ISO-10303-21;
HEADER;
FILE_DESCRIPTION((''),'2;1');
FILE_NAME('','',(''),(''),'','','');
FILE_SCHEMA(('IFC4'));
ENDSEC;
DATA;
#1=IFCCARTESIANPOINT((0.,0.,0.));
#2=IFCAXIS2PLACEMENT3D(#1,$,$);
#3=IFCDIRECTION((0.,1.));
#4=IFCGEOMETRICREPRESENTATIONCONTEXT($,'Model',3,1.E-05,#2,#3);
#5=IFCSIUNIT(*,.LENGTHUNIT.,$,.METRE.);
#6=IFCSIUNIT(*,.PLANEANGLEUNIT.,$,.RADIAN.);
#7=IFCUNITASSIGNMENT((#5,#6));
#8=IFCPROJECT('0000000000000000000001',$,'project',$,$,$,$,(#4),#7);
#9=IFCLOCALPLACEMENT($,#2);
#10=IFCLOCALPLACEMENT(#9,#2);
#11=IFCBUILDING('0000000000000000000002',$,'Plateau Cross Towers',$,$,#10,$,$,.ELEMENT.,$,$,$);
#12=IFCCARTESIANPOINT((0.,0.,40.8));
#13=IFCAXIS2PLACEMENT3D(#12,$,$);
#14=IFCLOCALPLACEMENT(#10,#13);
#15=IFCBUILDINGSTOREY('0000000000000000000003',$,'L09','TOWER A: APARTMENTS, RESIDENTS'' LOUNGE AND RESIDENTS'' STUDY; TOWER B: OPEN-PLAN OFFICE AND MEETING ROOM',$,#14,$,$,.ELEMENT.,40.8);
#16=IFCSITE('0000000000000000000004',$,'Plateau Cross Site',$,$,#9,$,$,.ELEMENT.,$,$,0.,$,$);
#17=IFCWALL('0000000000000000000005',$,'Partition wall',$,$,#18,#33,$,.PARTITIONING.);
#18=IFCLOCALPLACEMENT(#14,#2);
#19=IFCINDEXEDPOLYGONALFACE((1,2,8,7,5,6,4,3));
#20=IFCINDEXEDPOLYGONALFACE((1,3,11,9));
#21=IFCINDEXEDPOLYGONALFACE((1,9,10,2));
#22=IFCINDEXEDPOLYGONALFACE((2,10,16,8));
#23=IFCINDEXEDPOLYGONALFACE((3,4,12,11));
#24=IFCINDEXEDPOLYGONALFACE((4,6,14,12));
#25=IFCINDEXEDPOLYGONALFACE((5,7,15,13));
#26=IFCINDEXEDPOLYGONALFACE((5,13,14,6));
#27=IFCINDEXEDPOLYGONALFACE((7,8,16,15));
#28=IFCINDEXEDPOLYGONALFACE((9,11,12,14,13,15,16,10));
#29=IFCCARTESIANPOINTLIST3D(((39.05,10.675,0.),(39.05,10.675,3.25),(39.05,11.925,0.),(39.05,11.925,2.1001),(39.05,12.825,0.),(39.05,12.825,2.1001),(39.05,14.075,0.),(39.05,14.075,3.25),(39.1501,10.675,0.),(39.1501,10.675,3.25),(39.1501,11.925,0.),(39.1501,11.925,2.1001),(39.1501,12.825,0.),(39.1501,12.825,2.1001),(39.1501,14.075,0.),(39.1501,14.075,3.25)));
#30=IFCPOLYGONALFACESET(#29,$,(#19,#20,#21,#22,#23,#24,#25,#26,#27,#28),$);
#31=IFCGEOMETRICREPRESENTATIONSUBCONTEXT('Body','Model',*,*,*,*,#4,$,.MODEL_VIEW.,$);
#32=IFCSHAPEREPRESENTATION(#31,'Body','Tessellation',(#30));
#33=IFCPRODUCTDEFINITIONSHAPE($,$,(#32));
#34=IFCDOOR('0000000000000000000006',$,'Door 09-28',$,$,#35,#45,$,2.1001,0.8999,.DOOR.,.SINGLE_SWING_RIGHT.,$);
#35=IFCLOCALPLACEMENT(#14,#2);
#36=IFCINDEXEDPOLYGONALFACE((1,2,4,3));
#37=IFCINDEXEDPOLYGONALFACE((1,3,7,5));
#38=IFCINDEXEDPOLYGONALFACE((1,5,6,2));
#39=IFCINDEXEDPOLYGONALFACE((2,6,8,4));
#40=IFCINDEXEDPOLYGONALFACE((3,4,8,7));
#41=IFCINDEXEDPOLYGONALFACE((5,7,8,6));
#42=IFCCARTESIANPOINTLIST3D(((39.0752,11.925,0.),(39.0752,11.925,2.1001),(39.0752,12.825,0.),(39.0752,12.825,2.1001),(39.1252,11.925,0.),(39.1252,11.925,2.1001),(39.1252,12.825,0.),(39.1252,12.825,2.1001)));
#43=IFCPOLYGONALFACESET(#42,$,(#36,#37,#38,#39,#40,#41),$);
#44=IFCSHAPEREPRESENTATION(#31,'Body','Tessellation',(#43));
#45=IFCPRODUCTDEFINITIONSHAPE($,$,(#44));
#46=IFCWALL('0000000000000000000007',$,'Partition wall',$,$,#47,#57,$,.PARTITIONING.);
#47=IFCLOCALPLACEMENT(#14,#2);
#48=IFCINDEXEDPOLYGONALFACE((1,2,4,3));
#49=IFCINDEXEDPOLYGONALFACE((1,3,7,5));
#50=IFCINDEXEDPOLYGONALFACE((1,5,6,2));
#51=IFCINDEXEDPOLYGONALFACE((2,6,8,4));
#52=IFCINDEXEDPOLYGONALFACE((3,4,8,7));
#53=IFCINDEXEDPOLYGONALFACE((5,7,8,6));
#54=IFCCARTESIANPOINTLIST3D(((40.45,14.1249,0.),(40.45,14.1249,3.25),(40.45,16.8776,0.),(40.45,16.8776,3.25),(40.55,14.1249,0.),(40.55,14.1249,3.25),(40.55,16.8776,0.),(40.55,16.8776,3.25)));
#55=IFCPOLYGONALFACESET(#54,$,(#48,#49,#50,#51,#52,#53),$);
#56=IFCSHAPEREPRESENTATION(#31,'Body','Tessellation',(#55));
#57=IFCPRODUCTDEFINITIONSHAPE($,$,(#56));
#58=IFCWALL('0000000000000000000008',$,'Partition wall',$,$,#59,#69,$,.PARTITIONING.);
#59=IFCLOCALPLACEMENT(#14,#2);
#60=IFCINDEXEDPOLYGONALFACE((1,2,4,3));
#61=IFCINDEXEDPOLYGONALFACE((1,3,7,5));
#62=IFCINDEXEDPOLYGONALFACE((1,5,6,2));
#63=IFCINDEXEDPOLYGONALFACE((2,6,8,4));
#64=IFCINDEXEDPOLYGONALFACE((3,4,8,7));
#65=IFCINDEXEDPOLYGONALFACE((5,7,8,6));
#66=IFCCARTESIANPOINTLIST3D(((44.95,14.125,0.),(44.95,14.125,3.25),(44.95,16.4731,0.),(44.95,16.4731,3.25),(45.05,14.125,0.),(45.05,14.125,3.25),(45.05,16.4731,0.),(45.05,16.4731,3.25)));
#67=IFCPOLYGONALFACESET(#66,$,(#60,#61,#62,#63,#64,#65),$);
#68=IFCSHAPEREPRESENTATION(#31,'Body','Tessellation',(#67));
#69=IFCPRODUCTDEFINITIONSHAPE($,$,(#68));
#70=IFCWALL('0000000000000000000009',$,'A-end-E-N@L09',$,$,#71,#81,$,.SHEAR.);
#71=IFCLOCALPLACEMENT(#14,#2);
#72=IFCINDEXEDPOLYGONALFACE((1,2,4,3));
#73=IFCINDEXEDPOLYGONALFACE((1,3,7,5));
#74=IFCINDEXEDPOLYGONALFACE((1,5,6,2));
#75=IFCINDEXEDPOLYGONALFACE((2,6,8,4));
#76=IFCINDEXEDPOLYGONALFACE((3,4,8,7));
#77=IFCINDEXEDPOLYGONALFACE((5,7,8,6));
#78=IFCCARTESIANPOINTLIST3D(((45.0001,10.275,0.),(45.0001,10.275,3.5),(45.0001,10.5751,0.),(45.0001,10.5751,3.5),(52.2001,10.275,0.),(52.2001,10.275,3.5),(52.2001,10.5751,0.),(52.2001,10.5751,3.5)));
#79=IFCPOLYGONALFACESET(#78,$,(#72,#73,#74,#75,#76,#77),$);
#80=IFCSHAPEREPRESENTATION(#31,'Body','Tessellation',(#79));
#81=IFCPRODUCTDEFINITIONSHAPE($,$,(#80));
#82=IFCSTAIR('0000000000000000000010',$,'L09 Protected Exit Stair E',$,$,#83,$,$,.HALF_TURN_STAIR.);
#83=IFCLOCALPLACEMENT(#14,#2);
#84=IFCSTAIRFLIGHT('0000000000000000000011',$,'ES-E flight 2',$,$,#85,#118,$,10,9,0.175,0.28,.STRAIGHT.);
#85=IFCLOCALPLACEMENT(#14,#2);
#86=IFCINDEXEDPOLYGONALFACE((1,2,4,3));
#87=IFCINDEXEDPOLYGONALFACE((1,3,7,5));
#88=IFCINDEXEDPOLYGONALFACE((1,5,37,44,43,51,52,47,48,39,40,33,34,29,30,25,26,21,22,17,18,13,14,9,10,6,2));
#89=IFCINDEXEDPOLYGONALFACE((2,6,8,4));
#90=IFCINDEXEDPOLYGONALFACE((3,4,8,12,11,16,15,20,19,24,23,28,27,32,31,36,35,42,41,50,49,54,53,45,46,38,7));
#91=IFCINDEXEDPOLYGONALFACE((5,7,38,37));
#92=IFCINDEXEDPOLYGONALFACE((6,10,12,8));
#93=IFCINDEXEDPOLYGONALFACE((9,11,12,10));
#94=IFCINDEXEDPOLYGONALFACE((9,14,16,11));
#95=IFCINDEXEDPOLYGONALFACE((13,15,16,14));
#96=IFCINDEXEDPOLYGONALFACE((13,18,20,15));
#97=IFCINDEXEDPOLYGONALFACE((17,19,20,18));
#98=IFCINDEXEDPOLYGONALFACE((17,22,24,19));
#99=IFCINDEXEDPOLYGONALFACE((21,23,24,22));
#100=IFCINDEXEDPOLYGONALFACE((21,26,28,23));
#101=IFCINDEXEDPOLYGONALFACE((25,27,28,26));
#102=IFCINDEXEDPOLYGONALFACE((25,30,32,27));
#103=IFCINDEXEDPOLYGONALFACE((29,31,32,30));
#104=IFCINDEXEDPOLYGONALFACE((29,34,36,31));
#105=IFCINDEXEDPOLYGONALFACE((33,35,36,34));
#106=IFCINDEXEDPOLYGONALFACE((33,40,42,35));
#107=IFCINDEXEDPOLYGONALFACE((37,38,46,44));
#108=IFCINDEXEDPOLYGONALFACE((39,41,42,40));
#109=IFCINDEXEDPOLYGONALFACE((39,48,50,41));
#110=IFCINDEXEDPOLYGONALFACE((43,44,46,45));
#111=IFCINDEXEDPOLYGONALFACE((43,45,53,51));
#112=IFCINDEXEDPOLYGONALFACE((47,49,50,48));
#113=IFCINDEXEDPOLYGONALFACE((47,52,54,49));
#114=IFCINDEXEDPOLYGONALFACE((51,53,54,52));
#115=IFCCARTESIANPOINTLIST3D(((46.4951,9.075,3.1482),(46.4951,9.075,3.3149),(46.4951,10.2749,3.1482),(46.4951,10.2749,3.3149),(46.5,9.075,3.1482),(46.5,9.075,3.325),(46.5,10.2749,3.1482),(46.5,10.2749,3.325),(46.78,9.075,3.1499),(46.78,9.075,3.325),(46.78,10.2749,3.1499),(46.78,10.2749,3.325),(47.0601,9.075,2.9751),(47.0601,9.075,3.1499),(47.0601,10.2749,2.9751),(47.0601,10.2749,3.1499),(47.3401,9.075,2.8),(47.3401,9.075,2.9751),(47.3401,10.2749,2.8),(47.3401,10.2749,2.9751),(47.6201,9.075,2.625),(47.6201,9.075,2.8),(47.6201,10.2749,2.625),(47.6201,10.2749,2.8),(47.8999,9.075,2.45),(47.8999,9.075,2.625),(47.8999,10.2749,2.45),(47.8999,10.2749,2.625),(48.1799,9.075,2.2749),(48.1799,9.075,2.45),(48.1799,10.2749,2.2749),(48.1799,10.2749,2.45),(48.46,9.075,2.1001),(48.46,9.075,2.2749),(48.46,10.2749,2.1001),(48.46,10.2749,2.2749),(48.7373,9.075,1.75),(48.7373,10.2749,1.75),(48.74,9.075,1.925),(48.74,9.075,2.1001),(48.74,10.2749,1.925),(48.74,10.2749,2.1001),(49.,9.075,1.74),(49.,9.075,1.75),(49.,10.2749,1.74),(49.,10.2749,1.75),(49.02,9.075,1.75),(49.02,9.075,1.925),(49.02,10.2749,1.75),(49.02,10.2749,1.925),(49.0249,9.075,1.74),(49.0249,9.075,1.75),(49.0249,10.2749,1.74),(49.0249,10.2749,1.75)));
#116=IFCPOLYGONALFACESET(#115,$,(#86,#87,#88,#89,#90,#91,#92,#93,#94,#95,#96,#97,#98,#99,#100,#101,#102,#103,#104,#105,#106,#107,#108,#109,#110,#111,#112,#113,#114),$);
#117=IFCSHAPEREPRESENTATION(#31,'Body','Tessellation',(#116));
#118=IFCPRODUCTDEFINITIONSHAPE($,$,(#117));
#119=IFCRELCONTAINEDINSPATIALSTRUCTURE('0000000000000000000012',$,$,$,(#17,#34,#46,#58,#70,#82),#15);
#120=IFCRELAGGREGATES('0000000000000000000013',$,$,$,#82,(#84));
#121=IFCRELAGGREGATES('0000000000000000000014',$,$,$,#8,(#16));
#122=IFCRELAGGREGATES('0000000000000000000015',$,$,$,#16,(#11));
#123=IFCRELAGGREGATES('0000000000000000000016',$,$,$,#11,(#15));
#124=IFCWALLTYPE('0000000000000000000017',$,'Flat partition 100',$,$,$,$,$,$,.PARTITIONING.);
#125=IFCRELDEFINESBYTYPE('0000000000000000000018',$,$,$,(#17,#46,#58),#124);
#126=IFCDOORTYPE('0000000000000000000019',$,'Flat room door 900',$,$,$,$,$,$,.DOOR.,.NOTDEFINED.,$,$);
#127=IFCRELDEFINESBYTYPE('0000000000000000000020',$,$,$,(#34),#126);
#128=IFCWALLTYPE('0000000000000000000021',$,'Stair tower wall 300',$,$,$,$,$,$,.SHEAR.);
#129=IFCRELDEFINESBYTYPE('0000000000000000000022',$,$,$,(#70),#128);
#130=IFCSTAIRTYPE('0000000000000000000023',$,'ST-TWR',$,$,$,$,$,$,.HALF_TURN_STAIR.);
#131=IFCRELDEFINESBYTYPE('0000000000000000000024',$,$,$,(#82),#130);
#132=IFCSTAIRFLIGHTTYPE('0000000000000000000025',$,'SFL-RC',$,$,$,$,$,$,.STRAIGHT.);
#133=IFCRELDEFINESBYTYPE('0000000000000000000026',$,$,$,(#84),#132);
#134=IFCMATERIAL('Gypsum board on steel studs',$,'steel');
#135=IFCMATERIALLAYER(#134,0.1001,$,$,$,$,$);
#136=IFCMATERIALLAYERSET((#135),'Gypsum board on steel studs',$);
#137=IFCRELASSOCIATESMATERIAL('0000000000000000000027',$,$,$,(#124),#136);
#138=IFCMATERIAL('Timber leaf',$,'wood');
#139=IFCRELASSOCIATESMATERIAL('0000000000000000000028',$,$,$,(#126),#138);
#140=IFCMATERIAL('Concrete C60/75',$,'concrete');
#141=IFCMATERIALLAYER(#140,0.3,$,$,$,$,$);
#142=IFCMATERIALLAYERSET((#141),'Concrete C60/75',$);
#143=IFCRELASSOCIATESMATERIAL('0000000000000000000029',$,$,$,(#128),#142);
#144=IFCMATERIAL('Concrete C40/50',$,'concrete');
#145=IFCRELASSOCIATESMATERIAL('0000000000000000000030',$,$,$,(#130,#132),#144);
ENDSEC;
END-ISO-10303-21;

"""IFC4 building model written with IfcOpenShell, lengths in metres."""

from ifc_helpers import new_model, si_unit, direction, frame, frame_2d, origin, place, context, subcontext, project, spatial, polyline, rectangle, outline, extrude, material, layer, layer_set, type_object, element, fill, aggregate, save


model = new_model("IFC4")

# Units and contexts
model_context = context("Model", 3, precision=1e-05, world=origin(), true_north=direction((0.0, 1.0)))
body_context = subcontext(model_context, "Body", "Model", "MODEL_VIEW")
ifc_project = project(units=[si_unit("LENGTHUNIT", "METRE"), si_unit("PLANEANGLEUNIT", "RADIAN")], contexts=[model_context])

# Site, building, storey
site_placement = place(None, origin())
site = spatial("IfcSite", under=ifc_project, at=site_placement, Name="Plateau Cross Site", CompositionType="ELEMENT", RefElevation=0.0)
building_placement = place(site_placement, origin())
building = spatial("IfcBuilding", under=site, at=building_placement, Name="Plateau Cross Towers", CompositionType="ELEMENT")
storey_placement = place(building_placement, frame((0.0, 0.0, 40.8)))
storey = spatial("IfcBuildingStorey", under=building, at=storey_placement, Name="L09", Description="TOWER A: APARTMENTS, RESIDENTS' LOUNGE AND RESIDENTS' STUDY; TOWER B: OPEN-PLAN OFFICE AND MEETING ROOM", CompositionType="ELEMENT", Elevation=40.8)

# Shared definitions
ifc_material_1 = material(Name="Gypsum board on steel studs", Category="steel")
ifc_layer_1 = layer(ifc_material_1, 0.1001)
ifc_layer_set_1 = layer_set([ifc_layer_1], Name="Gypsum board on steel studs")
wall_type_1 = type_object("IfcWallType", Name="Flat partition 100", PredefinedType="PARTITIONING", material=ifc_layer_set_1)

# Shared definitions
ifc_material_2 = material(Name="Timber leaf", Category="wood")
door_type = type_object("IfcDoorType", Name="Flat room door 900", OperationType="NOTDEFINED", PredefinedType="DOOR", material=ifc_material_2)

# Wall, opening, door
wall_1_placement = place(storey_placement, frame((39.1001, 10.675, 0.0), z_axis=(0.0, 0.0, 1.0), x_axis=(0.0, 1.0, 0.0)))
wall_1 = element("IfcWall", 1, at=wall_1_placement, inside=storey, type_object=wall_type_1, Name="Partition wall", PredefinedType="PARTITIONING", context=body_context, shape_type="SweptSolid", body=[
    extrude(rectangle(XDim=3.3999, YDim=0.1001, at=frame_2d((1.7, 0.0))), origin(), (0.0, 0.0, 1.0), 3.25),
])
opening_1_placement = place(wall_1_placement, frame((1.25, 0.0, 0.0)))
opening_1 = element("IfcOpeningElement", 2, at=opening_1_placement, cuts=wall_1, PredefinedType="OPENING", context=body_context, shape_type="SweptSolid", body=[
    extrude(rectangle(XDim=0.8999, YDim=2.1001, at=frame_2d((0.45, 1.05))), frame((0.0, 0.0601, 0.0), z_axis=(0.0, -1.0, 0.0), x_axis=(1.0, 0.0, 0.0)), (0.0, 0.0, 1.0), 0.1201),
])
door_1_placement = place(opening_1_placement, origin())
door_1 = element("IfcDoor", 3, at=door_1_placement, inside=storey, type_object=door_type, Name="Door 09-28", OperationType="SINGLE_SWING_RIGHT", OverallHeight=2.1001, OverallWidth=0.8999, PredefinedType="DOOR", context=body_context, shape_type="SweptSolid", body=[
    extrude(rectangle(XDim=0.8999, YDim=2.1001, at=frame_2d((0.45, 1.05))), frame((0.0, 0.0249, 0.0), z_axis=(0.0, -1.0, 0.0), x_axis=(1.0, 0.0, 0.0)), (0.0, 0.0, 1.0), 0.05),
])
fill(opening_1, door_1)

# Walls
wall_2_placement = place(storey_placement, frame((40.5, 16.8777, 0.0), z_axis=(0.0, 0.0, 1.0), x_axis=(0.0, -1.0, 0.0)))
element("IfcWall", 4, at=wall_2_placement, inside=storey, type_object=wall_type_1, Name="Partition wall", PredefinedType="PARTITIONING", context=body_context, shape_type="SweptSolid", body=[
    extrude(rectangle(XDim=2.7527, YDim=0.1001, at=frame_2d((1.3765, 0.0))), origin(), (0.0, 0.0, 1.0), 3.25),
])
wall_3_placement = place(storey_placement, frame((45.0, 14.125, 0.0), z_axis=(0.0, 0.0, 1.0), x_axis=(0.0, 1.0, 0.0)))
element("IfcWall", 5, at=wall_3_placement, inside=storey, type_object=wall_type_1, Name="Partition wall", PredefinedType="PARTITIONING", context=body_context, shape_type="SweptSolid", body=[
    extrude(rectangle(XDim=2.3481, YDim=0.1001, at=frame_2d((1.1741, 0.0))), origin(), (0.0, 0.0, 1.0), 3.25),
])
ifc_material_3 = material(Name="Concrete C60/75", Category="concrete")
ifc_layer_2 = layer(ifc_material_3, 0.3)
ifc_layer_set_2 = layer_set([ifc_layer_2], Name="Concrete C60/75")
wall_type_2 = type_object("IfcWallType", Name="Stair tower wall 300", PredefinedType="SHEAR", material=ifc_layer_set_2)
wall_4_placement = place(storey_placement, frame((45.0, 10.425, 0.0), z_axis=(0.0, 0.0, 1.0), x_axis=(1.0, 0.0, 0.0)))
element("IfcWall", 6, at=wall_4_placement, inside=storey, type_object=wall_type_2, Name="A-end-E-N@L09", PredefinedType="SHEAR", context=body_context, shape_type="SweptSolid", body=[
    extrude(rectangle(XDim=7.2, YDim=0.3, at=frame_2d((3.6001, 0.0))), origin(), (0.0, 0.0, 1.0), 3.5),
])

# Stair, stair flight
ifc_material_4 = material(Name="Concrete C40/50", Category="concrete")
stair_type = type_object("IfcStairType", Name="ST-TWR", PredefinedType="HALF_TURN_STAIR", material=ifc_material_4)
stair_placement = place(storey_placement, origin())
stair = element("IfcStair", 7, at=stair_placement, inside=storey, type_object=stair_type, Name="L09 Protected Exit Stair E", PredefinedType="HALF_TURN_STAIR")
stair_flight_type = type_object("IfcStairFlightType", Name="SFL-RC", PredefinedType="STRAIGHT", material=ifc_material_4)
stair_flight_placement = place(storey_placement, frame((49.02, 9.675, 1.75), z_axis=(0.0, 0.0, 1.0), x_axis=(-1.0, 0.0, 0.0)))
stair_flight = element("IfcStairFlight", 8, at=stair_flight_placement, type_object=stair_flight_type, Name="ES-E flight 2", NumberOfRisers=10, NumberOfTreads=9, PredefinedType="STRAIGHT", RiserHeight=0.175, TreadLength=0.28, context=body_context, shape_type="SweptSolid", body=[
    extrude(outline(polyline([(-0.0049, -0.01), (-0.0049, 0.0), (0.0, 0.0), (0.0, 0.175), (0.28, 0.175), (0.28, 0.3501), (0.5601, 0.3501), (0.5601, 0.5249), (0.8401, 0.5249), (0.8401, 0.7), (1.1201, 0.7), (1.1201, 0.875), (1.3999, 0.875), (1.3999, 1.05), (1.6799, 1.05), (1.6799, 1.2251), (1.96, 1.2251), (1.96, 1.3999), (2.24, 1.3999), (2.24, 1.575), (2.52, 1.575), (2.5249, 1.5649), (2.5249, 1.3982), (2.52, 1.3982), (0.2827, 0.0), (0.02, 0.0), (0.02, -0.01), (-0.0049, -0.01)])), frame((0.0, 0.6001, 0.0), z_axis=(0.0, -1.0, 0.0), x_axis=(1.0, 0.0, 0.0)), (0.0, 0.0, 1.0), 1.2),
])
aggregate(stair, [stair_flight])

save(model, "model.ifc")
